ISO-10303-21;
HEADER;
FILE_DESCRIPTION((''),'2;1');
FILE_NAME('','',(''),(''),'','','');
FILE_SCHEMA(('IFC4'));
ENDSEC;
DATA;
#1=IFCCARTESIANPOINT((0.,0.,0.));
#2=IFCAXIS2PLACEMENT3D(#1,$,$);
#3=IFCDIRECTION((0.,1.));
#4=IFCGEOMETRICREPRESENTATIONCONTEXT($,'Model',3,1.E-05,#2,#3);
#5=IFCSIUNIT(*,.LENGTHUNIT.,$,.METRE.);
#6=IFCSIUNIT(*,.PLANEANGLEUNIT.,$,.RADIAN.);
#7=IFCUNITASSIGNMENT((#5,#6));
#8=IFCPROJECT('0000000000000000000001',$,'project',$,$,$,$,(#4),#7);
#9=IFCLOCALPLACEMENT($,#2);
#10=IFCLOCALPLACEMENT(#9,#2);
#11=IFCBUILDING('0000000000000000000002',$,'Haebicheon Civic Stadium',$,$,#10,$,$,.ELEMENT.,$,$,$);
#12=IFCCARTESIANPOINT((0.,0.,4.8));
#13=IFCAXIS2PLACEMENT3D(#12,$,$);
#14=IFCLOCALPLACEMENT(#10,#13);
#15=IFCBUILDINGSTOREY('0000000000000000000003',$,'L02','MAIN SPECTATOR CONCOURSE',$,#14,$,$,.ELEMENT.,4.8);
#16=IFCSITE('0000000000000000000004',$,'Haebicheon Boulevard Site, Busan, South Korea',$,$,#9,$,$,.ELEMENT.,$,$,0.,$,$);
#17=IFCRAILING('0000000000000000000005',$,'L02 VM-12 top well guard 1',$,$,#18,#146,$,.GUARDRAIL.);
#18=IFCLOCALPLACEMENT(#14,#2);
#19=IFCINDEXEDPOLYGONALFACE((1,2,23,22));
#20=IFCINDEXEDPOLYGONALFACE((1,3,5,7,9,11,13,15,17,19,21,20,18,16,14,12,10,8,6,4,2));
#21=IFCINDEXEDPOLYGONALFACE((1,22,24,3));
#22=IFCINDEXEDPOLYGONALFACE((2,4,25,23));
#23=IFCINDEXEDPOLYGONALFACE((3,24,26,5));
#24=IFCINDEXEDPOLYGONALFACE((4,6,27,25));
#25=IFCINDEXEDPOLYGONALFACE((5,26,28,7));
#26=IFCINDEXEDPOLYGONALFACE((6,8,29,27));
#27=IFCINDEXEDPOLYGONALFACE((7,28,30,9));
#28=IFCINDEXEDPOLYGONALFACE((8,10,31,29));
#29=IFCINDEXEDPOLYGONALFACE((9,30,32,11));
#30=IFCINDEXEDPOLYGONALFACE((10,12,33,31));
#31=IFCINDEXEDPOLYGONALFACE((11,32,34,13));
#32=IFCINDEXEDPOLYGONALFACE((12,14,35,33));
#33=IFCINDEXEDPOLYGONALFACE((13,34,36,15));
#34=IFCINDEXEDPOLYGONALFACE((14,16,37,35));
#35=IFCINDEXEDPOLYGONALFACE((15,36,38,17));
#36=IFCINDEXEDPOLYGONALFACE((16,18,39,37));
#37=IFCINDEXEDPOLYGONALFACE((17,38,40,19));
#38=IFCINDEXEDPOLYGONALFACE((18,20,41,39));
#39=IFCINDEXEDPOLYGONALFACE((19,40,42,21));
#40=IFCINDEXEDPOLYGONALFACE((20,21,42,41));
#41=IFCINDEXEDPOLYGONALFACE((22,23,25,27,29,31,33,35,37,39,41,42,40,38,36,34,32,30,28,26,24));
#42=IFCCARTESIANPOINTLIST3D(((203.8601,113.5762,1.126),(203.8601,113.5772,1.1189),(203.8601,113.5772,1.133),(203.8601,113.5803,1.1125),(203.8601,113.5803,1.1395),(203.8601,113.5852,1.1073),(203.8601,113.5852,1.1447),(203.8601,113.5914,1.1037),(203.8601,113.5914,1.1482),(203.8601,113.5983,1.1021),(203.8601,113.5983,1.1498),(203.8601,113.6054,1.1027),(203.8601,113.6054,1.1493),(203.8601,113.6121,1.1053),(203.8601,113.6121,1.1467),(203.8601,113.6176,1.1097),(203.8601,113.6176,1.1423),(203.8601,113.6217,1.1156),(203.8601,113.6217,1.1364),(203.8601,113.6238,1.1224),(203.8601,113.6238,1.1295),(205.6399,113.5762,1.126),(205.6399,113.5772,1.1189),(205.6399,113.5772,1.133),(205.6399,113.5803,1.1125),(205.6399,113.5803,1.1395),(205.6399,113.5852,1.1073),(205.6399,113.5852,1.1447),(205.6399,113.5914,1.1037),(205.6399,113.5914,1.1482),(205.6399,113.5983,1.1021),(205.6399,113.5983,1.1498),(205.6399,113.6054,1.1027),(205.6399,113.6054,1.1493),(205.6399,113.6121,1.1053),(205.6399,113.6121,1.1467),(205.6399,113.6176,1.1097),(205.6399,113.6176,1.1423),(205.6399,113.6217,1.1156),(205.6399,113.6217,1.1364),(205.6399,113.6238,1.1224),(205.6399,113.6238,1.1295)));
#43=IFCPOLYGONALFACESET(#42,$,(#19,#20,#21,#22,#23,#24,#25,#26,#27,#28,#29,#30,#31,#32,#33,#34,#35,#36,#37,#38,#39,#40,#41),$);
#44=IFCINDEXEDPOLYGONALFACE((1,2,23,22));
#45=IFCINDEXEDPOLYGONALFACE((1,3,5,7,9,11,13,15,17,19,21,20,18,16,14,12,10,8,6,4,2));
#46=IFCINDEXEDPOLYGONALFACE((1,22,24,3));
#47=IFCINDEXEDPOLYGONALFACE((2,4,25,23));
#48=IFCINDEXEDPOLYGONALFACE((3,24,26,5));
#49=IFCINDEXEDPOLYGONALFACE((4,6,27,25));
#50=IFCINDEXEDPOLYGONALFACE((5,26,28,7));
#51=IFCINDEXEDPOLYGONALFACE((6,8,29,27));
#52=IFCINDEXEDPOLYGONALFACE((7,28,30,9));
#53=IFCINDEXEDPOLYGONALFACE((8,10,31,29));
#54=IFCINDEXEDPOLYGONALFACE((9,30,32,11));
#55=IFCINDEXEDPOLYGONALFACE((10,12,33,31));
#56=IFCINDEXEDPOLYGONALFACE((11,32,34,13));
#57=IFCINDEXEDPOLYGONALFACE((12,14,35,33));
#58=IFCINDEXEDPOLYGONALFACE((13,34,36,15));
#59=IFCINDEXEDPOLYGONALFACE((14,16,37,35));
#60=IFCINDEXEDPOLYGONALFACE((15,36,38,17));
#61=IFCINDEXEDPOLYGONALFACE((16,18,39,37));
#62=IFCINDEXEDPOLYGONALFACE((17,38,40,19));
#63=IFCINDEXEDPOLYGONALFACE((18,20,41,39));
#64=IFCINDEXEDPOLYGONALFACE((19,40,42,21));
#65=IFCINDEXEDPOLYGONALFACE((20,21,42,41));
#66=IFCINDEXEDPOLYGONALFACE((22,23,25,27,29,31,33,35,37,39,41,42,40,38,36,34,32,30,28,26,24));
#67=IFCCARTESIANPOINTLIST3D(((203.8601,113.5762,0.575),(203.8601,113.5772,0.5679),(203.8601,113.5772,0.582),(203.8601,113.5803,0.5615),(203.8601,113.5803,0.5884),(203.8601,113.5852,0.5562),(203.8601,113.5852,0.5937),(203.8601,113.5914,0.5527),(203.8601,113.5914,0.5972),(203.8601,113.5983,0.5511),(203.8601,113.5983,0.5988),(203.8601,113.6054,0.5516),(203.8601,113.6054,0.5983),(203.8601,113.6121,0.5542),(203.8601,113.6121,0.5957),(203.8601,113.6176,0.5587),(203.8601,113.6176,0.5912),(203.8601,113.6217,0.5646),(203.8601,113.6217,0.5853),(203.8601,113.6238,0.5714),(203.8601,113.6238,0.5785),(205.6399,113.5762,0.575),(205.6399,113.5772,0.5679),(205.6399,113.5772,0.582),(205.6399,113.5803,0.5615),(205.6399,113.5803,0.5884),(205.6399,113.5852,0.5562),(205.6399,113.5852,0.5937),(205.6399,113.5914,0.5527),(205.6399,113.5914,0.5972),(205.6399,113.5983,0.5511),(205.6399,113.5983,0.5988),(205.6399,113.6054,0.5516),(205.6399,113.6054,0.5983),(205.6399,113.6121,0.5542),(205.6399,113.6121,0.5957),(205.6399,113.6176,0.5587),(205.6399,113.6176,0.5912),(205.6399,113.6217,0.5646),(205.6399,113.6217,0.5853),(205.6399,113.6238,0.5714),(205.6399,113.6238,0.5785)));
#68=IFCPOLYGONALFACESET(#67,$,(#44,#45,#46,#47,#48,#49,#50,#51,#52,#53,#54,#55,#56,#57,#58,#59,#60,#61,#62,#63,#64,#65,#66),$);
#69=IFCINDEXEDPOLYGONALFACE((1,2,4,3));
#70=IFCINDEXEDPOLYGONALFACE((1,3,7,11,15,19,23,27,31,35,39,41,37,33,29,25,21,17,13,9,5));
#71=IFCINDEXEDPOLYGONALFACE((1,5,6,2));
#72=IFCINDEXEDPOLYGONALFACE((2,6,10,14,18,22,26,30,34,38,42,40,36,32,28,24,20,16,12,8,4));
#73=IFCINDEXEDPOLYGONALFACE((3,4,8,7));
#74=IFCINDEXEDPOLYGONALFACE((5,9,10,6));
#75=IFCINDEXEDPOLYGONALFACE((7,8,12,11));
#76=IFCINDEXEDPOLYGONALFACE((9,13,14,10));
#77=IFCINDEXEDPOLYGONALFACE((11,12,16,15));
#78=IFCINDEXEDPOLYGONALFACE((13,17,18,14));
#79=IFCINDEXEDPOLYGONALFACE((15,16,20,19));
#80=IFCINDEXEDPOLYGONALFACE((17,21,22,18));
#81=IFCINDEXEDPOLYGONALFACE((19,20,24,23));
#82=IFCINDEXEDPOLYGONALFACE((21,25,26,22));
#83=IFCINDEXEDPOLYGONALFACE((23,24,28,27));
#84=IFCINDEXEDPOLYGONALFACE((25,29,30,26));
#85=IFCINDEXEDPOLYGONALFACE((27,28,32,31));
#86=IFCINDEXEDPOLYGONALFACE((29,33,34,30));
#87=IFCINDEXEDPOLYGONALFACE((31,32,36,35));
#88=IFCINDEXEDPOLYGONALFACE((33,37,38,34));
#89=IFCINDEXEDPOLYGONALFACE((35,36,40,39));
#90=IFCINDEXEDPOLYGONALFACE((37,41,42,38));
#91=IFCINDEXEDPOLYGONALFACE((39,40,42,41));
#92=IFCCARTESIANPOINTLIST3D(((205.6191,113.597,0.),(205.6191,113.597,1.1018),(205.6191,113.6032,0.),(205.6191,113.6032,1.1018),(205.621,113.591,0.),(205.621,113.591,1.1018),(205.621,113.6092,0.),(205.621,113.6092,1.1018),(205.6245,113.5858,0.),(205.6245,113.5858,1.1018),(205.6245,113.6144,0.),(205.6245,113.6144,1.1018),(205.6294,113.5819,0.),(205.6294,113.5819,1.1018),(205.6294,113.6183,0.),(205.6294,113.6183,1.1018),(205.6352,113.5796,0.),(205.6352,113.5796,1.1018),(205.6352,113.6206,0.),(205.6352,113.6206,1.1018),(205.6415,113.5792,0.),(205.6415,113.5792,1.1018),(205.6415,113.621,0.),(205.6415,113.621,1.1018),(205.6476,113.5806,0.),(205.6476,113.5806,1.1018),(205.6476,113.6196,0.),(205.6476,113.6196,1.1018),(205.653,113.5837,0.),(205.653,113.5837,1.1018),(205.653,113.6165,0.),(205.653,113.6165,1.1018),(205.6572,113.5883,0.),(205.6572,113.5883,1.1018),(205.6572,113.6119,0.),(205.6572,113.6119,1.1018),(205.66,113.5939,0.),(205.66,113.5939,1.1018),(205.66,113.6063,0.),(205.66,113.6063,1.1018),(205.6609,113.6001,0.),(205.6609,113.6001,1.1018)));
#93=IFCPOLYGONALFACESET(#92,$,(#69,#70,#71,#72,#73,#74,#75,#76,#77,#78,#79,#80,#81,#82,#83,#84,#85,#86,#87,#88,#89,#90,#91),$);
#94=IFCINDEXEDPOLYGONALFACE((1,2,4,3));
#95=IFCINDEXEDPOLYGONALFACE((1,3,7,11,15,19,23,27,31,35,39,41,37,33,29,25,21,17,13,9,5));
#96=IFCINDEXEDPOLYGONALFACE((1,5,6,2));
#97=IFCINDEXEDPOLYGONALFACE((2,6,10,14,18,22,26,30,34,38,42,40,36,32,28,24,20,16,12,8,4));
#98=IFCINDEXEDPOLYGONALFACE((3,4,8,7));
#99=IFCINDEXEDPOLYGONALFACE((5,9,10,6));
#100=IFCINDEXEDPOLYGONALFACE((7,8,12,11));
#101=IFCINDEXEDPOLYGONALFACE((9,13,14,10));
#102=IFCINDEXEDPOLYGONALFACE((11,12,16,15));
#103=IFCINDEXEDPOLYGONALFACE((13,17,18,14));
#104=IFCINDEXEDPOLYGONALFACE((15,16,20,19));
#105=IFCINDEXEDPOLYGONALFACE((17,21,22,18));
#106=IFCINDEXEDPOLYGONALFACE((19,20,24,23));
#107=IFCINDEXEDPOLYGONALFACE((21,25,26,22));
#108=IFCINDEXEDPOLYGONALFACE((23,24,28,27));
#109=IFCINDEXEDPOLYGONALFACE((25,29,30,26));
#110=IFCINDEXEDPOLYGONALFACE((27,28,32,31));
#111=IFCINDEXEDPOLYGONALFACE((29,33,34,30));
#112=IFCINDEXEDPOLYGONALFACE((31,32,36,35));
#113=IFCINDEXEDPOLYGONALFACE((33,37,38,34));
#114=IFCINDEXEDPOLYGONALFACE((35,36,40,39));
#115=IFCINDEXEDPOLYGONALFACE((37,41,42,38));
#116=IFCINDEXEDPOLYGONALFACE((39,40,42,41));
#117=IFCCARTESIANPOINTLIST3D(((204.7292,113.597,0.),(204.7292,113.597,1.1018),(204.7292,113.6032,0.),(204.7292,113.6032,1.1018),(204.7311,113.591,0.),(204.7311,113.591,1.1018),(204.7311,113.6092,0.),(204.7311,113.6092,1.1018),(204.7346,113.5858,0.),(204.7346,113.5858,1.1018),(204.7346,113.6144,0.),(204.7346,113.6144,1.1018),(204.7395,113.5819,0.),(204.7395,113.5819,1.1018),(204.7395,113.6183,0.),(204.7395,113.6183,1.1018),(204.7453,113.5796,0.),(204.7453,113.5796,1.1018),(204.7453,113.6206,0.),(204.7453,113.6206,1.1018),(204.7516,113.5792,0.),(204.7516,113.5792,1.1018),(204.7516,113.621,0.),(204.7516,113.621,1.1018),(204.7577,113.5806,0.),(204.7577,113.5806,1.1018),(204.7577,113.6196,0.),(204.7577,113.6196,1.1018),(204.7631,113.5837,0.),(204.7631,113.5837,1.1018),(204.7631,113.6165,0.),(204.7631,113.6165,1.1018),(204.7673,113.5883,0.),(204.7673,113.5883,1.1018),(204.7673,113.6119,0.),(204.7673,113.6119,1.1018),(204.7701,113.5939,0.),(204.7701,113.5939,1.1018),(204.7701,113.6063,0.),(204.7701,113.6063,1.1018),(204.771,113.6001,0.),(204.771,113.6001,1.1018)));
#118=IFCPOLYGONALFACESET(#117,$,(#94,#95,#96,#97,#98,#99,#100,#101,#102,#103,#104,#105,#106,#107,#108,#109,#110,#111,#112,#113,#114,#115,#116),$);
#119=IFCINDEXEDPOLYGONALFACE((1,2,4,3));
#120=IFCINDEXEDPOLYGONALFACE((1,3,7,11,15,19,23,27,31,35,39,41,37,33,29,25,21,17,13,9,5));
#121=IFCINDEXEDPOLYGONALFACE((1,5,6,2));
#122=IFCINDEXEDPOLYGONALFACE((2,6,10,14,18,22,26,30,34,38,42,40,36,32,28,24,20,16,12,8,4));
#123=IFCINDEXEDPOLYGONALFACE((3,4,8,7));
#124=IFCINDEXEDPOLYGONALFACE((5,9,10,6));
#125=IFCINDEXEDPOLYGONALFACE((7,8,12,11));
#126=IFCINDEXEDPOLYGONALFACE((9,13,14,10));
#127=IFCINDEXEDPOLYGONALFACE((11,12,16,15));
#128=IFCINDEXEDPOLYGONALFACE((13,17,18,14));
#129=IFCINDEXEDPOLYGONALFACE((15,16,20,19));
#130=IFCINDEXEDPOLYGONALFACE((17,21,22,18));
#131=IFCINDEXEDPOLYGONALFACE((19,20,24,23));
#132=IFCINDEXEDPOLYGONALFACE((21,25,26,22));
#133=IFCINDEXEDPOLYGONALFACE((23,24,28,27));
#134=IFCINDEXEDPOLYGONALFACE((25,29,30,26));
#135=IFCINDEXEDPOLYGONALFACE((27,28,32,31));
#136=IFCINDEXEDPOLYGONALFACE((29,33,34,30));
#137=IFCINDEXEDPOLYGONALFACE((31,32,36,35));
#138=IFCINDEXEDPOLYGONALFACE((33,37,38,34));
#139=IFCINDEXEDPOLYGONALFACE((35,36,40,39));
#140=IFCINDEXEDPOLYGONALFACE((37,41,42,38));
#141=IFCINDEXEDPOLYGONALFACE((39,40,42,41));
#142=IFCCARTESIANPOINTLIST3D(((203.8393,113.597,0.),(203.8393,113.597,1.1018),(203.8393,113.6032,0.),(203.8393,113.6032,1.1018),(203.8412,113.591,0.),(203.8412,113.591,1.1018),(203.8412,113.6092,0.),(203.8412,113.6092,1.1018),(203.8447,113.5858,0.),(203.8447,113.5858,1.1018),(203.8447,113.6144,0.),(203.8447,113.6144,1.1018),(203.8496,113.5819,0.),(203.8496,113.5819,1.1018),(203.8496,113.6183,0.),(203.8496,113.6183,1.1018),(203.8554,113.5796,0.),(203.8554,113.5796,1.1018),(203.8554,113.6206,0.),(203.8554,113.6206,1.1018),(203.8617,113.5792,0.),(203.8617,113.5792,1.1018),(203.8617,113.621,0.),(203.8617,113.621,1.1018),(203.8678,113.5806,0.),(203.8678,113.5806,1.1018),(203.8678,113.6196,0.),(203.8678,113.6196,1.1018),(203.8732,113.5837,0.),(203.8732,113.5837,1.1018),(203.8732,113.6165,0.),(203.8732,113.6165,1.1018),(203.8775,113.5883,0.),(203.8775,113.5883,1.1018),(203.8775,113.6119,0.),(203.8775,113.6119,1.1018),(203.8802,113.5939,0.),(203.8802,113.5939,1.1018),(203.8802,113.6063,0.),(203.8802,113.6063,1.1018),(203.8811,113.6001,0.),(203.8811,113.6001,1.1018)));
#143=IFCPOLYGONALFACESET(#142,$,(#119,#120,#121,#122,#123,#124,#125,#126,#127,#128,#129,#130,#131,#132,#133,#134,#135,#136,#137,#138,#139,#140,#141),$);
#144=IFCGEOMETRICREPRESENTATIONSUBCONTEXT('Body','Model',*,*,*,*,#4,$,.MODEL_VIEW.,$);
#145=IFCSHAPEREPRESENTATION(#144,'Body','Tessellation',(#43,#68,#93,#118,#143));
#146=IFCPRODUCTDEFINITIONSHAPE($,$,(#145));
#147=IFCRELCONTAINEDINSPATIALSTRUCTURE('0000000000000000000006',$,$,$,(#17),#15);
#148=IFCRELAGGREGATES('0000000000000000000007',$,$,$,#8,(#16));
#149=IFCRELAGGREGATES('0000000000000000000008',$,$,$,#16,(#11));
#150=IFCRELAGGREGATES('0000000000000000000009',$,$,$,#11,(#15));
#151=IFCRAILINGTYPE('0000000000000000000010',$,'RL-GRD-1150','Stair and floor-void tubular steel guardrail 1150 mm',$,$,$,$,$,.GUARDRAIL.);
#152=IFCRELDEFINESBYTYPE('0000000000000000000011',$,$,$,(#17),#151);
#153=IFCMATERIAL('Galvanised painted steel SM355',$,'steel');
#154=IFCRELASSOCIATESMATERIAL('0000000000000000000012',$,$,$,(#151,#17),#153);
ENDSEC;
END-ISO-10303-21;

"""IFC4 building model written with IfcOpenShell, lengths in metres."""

from ifc_helpers import new_model, si_unit, direction, frame, origin, origin_2d, place, context, subcontext, project, spatial, circle, extrude, material, type_object, element, save


model = new_model("IFC4")

# Units and contexts
model_context = context("Model", 3, precision=1e-05, world=origin(), true_north=direction((0.0, 1.0)))
body_context = subcontext(model_context, "Body", "Model", "MODEL_VIEW")
ifc_project = project(units=[si_unit("LENGTHUNIT", "METRE"), si_unit("PLANEANGLEUNIT", "RADIAN")], contexts=[model_context])

# Site, building, storey
site_placement = place(None, origin())
site = spatial("IfcSite", under=ifc_project, at=site_placement, Name="Haebicheon Boulevard Site, Busan, South Korea", CompositionType="ELEMENT", RefElevation=0.0)
building_placement = place(site_placement, origin())
building = spatial("IfcBuilding", under=site, at=building_placement, Name="Haebicheon Civic Stadium", CompositionType="ELEMENT")
storey_placement = place(building_placement, frame((0.0, 0.0, 4.8)))
storey = spatial("IfcBuildingStorey", under=building, at=storey_placement, Name="L02", Description="MAIN SPECTATOR CONCOURSE", CompositionType="ELEMENT", Elevation=4.8)

# Railing
ifc_material_1 = material(Name="Galvanised painted steel SM355", Category="steel")
railing_type_1 = type_object("IfcRailingType", Name="RL-GRD-1150", Description="Stair and floor-void tubular steel guardrail 1150 mm", PredefinedType="GUARDRAIL", material=ifc_material_1)
railing_1_placement = place(storey_placement, frame((205.6399, 113.6001, 0.0)))
element("IfcRailing", 1, at=railing_1_placement, inside=storey, type_object=railing_type_1, material=ifc_material_1, Name="L02 VM-12 top well guard 1", PredefinedType="GUARDRAIL", context=body_context, shape_type="SweptSolid", body=[
    extrude(circle(Radius=0.0239, at=origin_2d()), frame((0.0, 0.0, 1.126), z_axis=(-1.0, 0.0, 0.0), x_axis=(0.0, -1.0, 0.0)), (0.0, 0.0, 1.0), 1.7798),
    extrude(circle(Radius=0.0239, at=origin_2d()), frame((0.0, 0.0, 0.575), z_axis=(-1.0, 0.0, 0.0), x_axis=(0.0, -1.0, 0.0)), (0.0, 0.0, 1.0), 1.7798),
    extrude(circle(Radius=0.021, at=origin_2d()), origin(), (0.0, 0.0, 1.0), 1.1018),
    extrude(circle(Radius=0.021, at=origin_2d()), frame((-0.8899, 0.0, 0.0)), (0.0, 0.0, 1.0), 1.1018),
    extrude(circle(Radius=0.021, at=origin_2d()), frame((-1.7798, 0.0, 0.0)), (0.0, 0.0, 1.0), 1.1018),
])

save(model, "model.ifc")
